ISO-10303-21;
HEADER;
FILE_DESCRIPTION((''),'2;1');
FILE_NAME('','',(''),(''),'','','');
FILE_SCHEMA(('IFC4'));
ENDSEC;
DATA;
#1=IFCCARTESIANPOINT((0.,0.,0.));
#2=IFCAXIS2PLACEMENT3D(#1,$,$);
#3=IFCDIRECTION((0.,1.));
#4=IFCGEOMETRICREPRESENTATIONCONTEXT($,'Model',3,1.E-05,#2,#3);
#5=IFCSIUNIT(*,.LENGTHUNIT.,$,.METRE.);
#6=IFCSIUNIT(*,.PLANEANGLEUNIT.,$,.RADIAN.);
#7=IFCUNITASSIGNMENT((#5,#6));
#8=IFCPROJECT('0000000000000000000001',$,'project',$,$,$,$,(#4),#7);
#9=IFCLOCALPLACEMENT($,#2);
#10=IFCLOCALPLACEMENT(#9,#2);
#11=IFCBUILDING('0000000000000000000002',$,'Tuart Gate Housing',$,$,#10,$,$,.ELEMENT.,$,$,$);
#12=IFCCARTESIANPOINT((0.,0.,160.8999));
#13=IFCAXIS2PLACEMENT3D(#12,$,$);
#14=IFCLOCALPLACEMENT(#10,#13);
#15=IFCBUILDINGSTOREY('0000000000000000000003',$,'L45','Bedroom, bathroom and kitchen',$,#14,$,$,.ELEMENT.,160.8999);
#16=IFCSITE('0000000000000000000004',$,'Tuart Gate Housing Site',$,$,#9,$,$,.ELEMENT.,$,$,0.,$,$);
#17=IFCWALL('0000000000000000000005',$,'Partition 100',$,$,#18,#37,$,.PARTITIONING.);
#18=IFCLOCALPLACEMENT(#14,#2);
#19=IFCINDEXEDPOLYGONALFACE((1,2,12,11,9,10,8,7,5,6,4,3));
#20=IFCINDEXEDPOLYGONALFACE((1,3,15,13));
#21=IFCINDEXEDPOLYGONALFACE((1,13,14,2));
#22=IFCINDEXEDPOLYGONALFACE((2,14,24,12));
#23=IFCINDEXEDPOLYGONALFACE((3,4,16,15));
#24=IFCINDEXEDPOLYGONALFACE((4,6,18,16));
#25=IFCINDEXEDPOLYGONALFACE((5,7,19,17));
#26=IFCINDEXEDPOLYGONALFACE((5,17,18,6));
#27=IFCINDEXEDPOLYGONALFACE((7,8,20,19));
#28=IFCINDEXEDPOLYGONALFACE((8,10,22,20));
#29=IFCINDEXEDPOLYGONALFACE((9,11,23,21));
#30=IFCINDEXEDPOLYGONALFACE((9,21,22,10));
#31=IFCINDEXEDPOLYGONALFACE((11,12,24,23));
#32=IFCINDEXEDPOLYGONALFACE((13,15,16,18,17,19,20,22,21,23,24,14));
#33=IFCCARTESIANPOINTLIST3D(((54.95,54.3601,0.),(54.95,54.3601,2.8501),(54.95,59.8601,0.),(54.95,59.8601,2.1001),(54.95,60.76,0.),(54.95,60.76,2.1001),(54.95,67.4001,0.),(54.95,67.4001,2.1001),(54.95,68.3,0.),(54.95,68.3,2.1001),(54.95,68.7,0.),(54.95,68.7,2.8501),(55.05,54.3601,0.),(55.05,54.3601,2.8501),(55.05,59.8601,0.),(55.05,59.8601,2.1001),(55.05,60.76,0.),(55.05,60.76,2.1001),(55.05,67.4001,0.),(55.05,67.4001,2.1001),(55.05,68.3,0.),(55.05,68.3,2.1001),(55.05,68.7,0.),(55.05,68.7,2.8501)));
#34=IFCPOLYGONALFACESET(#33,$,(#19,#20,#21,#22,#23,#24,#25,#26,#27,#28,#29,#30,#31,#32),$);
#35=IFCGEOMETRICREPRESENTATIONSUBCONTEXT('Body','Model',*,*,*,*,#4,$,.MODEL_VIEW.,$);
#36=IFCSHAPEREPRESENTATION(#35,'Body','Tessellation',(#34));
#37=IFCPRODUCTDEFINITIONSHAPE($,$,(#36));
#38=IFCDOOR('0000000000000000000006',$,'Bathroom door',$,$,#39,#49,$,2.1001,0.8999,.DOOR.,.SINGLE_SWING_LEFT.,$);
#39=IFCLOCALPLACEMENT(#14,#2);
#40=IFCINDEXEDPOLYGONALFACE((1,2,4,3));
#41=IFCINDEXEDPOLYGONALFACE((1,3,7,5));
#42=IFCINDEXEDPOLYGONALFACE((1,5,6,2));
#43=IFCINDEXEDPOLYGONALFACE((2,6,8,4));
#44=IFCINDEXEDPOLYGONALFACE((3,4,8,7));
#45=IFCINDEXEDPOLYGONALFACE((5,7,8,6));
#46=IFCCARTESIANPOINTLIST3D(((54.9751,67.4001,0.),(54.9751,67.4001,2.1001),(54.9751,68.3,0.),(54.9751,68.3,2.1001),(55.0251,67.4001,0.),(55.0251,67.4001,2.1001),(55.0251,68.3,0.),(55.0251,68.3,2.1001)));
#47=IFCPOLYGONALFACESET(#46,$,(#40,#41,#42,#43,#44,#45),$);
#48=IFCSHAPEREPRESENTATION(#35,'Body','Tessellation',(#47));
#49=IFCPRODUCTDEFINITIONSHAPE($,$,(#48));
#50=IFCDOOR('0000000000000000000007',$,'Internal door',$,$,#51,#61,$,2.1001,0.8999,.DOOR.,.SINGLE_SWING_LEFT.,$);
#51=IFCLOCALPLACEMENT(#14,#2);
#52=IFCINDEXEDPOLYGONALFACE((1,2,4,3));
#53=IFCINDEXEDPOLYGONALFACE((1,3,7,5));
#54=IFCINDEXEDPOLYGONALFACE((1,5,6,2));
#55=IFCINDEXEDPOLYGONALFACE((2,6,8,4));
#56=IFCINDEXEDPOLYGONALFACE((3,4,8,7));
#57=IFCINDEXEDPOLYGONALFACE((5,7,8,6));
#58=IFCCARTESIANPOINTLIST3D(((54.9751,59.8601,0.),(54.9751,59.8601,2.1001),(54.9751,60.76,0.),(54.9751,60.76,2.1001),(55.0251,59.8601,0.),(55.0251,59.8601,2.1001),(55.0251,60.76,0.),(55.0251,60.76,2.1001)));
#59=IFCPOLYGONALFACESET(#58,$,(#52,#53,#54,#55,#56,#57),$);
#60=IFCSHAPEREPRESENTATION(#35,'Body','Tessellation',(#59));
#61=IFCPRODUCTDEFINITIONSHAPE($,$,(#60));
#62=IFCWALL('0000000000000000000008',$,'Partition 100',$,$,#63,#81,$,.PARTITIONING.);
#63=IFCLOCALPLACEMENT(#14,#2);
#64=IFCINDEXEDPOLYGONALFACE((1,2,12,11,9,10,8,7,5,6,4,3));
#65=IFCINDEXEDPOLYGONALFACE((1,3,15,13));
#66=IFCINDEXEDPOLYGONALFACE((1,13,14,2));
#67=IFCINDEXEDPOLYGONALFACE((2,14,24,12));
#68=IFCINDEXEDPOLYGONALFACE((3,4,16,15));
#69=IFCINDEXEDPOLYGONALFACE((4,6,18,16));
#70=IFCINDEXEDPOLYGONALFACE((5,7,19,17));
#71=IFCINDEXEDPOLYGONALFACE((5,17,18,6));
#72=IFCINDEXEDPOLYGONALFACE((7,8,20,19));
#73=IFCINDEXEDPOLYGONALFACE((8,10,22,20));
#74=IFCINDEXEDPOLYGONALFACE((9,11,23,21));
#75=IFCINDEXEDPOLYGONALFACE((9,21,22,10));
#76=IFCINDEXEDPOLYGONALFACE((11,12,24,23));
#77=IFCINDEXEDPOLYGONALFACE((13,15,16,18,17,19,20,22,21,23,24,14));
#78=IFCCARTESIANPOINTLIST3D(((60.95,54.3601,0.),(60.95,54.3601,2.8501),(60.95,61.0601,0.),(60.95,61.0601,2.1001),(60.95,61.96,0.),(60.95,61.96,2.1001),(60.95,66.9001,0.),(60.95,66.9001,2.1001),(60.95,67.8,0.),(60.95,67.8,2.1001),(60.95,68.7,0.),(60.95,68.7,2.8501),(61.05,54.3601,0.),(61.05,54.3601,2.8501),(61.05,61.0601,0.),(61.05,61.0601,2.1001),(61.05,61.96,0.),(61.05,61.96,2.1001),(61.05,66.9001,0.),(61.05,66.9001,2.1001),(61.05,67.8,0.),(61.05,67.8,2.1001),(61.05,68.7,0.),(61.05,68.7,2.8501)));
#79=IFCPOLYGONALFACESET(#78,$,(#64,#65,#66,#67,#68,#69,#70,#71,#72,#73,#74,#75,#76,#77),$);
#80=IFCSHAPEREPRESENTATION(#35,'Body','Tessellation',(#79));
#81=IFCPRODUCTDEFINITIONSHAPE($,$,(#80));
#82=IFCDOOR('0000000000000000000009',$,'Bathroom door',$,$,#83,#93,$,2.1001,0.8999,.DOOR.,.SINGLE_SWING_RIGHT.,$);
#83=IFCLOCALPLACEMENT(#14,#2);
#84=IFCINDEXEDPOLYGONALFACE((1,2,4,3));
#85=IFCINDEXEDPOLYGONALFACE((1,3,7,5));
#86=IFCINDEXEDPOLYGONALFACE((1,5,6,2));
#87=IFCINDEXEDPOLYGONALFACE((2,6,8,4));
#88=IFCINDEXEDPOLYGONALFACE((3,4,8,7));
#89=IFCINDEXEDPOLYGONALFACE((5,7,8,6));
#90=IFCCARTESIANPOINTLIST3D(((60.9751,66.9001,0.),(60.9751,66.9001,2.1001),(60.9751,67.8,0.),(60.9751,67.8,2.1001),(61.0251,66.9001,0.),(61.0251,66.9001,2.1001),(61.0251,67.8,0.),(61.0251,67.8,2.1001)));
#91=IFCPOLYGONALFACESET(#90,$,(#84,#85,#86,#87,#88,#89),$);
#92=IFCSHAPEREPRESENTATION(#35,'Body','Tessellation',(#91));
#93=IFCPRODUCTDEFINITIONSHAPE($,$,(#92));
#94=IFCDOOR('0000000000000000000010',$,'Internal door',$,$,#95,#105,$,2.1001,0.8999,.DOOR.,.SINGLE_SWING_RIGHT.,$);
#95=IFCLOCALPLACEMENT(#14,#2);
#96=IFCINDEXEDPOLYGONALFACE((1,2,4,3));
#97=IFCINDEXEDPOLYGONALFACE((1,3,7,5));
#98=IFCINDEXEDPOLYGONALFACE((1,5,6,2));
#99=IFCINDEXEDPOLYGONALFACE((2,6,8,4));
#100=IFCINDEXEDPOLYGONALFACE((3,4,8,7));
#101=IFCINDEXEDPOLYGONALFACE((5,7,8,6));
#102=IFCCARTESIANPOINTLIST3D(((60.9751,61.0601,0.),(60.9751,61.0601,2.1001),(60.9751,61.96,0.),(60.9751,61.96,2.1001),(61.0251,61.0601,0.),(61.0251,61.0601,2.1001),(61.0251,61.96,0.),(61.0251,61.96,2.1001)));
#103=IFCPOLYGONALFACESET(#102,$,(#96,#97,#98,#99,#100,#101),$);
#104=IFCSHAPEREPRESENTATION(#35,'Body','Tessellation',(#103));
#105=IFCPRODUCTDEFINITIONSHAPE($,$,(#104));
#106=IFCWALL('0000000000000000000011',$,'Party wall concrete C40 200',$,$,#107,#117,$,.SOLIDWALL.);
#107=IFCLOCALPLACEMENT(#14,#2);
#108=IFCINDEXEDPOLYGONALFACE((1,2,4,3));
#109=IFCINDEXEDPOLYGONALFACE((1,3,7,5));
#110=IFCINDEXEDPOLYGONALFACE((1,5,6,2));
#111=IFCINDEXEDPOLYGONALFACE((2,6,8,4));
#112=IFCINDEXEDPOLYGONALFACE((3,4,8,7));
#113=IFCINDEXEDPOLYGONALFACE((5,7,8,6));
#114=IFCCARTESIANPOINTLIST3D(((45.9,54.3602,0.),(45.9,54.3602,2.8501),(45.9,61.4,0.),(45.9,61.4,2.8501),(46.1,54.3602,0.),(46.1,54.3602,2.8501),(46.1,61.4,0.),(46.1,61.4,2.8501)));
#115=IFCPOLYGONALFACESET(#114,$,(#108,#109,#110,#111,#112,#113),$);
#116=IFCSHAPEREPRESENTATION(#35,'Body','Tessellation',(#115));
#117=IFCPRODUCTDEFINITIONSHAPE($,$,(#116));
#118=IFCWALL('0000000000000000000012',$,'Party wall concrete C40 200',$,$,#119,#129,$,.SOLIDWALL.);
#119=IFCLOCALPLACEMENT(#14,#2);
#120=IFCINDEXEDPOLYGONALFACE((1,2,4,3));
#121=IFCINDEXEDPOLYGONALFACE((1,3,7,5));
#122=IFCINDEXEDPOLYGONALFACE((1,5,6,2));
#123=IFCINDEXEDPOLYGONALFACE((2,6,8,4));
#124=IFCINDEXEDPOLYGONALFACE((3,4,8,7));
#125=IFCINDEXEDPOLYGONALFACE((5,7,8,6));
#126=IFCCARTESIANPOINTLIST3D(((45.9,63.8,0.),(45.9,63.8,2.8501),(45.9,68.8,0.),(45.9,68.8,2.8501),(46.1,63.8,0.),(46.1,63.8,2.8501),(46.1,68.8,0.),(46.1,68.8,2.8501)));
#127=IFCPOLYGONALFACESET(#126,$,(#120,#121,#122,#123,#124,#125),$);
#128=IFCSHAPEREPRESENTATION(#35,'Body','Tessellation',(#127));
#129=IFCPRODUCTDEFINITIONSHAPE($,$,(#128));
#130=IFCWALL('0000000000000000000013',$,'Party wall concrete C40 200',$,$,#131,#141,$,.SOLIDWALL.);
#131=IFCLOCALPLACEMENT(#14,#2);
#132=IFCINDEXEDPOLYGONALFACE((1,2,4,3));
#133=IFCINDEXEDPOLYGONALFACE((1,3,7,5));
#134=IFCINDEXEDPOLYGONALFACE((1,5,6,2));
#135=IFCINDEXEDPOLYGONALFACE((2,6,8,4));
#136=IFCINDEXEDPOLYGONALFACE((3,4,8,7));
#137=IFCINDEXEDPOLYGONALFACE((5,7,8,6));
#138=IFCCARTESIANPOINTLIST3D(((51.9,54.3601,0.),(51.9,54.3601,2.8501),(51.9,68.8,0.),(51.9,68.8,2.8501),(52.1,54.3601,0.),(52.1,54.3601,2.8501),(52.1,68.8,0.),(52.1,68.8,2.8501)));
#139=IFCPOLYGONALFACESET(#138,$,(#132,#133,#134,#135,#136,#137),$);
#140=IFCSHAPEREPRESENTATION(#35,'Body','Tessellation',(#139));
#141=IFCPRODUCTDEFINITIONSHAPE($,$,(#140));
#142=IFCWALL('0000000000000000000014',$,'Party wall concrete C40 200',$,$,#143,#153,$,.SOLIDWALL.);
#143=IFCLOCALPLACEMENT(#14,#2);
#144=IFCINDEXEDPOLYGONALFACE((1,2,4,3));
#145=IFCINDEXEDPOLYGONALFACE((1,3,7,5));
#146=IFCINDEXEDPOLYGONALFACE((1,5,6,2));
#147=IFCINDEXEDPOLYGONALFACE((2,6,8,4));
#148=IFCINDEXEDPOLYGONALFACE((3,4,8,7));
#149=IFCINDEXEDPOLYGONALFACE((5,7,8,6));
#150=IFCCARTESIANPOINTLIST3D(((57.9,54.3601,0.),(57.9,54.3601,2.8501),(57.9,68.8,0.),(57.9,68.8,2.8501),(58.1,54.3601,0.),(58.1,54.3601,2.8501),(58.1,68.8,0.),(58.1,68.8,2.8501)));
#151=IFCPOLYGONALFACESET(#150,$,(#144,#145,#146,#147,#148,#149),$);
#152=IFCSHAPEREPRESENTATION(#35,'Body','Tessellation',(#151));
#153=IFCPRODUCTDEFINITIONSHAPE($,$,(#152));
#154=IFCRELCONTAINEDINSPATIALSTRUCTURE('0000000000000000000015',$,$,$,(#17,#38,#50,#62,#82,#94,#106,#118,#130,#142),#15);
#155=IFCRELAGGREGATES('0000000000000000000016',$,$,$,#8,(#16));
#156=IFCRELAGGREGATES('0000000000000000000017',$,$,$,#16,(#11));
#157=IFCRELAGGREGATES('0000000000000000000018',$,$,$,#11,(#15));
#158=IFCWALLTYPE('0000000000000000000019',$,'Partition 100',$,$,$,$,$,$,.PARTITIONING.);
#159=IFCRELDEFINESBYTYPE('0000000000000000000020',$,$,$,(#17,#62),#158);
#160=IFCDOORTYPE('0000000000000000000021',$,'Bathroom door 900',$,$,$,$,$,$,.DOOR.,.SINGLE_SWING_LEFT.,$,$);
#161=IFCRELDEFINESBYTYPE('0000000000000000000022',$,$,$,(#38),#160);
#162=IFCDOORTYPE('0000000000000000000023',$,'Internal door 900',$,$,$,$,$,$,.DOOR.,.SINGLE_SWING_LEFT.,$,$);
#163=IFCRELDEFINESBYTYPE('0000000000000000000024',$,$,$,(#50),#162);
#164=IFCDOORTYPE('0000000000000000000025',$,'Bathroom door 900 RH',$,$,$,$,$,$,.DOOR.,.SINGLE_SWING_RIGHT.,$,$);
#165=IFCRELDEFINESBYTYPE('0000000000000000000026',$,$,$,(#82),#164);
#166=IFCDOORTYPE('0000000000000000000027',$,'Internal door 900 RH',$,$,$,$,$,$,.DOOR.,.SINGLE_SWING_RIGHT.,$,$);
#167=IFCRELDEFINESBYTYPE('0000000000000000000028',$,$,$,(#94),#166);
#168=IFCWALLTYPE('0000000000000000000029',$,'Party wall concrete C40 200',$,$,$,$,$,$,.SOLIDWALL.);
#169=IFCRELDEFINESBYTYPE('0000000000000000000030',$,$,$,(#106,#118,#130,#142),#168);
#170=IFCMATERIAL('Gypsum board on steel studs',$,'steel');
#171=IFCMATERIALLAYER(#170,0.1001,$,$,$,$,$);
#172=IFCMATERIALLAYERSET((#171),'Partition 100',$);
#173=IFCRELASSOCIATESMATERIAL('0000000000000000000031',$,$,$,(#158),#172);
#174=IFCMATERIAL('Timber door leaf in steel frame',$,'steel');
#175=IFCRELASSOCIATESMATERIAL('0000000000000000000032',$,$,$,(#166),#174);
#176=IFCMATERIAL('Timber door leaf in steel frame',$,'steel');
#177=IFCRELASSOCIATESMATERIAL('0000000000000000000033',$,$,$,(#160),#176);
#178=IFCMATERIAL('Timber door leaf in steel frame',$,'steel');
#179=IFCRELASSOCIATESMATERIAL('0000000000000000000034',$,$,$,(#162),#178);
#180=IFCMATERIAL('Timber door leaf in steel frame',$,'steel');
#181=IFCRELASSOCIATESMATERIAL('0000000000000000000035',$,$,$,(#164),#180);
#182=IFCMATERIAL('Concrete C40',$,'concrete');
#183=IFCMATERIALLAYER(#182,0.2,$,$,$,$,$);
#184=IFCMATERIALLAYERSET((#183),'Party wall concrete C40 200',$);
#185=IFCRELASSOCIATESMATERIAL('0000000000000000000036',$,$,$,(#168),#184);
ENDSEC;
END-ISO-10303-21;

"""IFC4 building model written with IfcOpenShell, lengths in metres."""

from ifc_helpers import new_model, si_unit, direction, frame, frame_2d, origin, place, context, subcontext, project, spatial, rectangle, extrude, material, layer, layer_set, type_object, element, fill, save


model = new_model("IFC4")

# Units and contexts
model_context = context("Model", 3, precision=1e-05, world=origin(), true_north=direction((0.0, 1.0)))
body_context = subcontext(model_context, "Body", "Model", "MODEL_VIEW")
ifc_project = project(units=[si_unit("LENGTHUNIT", "METRE"), si_unit("PLANEANGLEUNIT", "RADIAN")], contexts=[model_context])

# Site, building, storey
site_placement = place(None, origin())
site = spatial("IfcSite", under=ifc_project, at=site_placement, Name="Tuart Gate Housing Site", CompositionType="ELEMENT", RefElevation=0.0)
building_placement = place(site_placement, origin())
building = spatial("IfcBuilding", under=site, at=building_placement, Name="Tuart Gate Housing", CompositionType="ELEMENT")
storey_placement = place(building_placement, frame((0.0, 0.0, 160.8999)))
storey = spatial("IfcBuildingStorey", under=building, at=storey_placement, Name="L45", Description="Bedroom, bathroom and kitchen", CompositionType="ELEMENT", Elevation=160.8999)

# Shared definitions
ifc_material_1 = material(Name="Gypsum board on steel studs", Category="steel")
ifc_layer_1 = layer(ifc_material_1, 0.1001)
ifc_layer_set_1 = layer_set([ifc_layer_1], Name="Partition 100")
wall_type_1 = type_object("IfcWallType", Name="Partition 100", PredefinedType="PARTITIONING", material=ifc_layer_set_1)
ifc_material_2 = material(Name="Timber door leaf in steel frame", Category="steel")
door_type_1 = type_object("IfcDoorType", Name="Internal door 900 RH", OperationType="SINGLE_SWING_RIGHT", PredefinedType="DOOR", material=ifc_material_2)

# Walls, openings, doors
ifc_material_3 = material(Name="Timber door leaf in steel frame", Category="steel")
door_type_2 = type_object("IfcDoorType", Name="Bathroom door 900", OperationType="SINGLE_SWING_LEFT", PredefinedType="DOOR", material=ifc_material_3)
ifc_material_4 = material(Name="Timber door leaf in steel frame", Category="steel")
door_type_3 = type_object("IfcDoorType", Name="Internal door 900", OperationType="SINGLE_SWING_LEFT", PredefinedType="DOOR", material=ifc_material_4)
wall_1_placement = place(storey_placement, frame((55.0, 54.3601, 0.0), z_axis=(0.0, 0.0, 1.0), x_axis=(0.0, 1.0, 0.0)))
wall_1 = element("IfcWall", 1, at=wall_1_placement, inside=storey, type_object=wall_type_1, Name="Partition 100", PredefinedType="PARTITIONING", context=body_context, shape_type="SweptSolid", body=[
    extrude(rectangle(XDim=14.3398, YDim=0.1001, at=frame_2d((7.1699, 0.0))), origin(), (0.0, 0.0, 1.0), 2.8501),
])
opening_1_placement = place(wall_1_placement, frame((5.5, 0.0, 0.0)))
opening_1 = element("IfcOpeningElement", 2, at=opening_1_placement, cuts=wall_1, PredefinedType="OPENING", context=body_context, shape_type="SweptSolid", body=[
    extrude(rectangle(XDim=0.8999, YDim=2.1001, at=frame_2d((0.45, 1.05))), frame((0.0, 0.0601, 0.0), z_axis=(0.0, -1.0, 0.0), x_axis=(1.0, 0.0, 0.0)), (0.0, 0.0, 1.0), 0.1201),
])
opening_2_placement = place(wall_1_placement, frame((13.04, 0.0, 0.0)))
opening_2 = element("IfcOpeningElement", 3, at=opening_2_placement, cuts=wall_1, PredefinedType="OPENING", context=body_context, shape_type="SweptSolid", body=[
    extrude(rectangle(XDim=0.8999, YDim=2.1001, at=frame_2d((0.45, 1.05))), frame((0.0, 0.0601, 0.0), z_axis=(0.0, -1.0, 0.0), x_axis=(1.0, 0.0, 0.0)), (0.0, 0.0, 1.0), 0.1201),
])
door_1_placement = place(opening_2_placement, frame((0.8999, 0.0, 0.0), z_axis=(0.0, 0.0, 1.0), x_axis=(-1.0, 0.0, 0.0)))
door_1 = element("IfcDoor", 4, at=door_1_placement, inside=storey, type_object=door_type_2, Name="Bathroom door", OperationType="SINGLE_SWING_LEFT", OverallHeight=2.1001, OverallWidth=0.8999, PredefinedType="DOOR", context=body_context, shape_type="SweptSolid", body=[
    extrude(rectangle(XDim=0.8999, YDim=2.1001, at=frame_2d((0.45, 1.05))), frame((0.0, 0.0251, 0.0), z_axis=(0.0, -1.0, 0.0), x_axis=(1.0, 0.0, 0.0)), (0.0, 0.0, 1.0), 0.05),
])
fill(opening_2, door_1)
door_2_placement = place(opening_1_placement, frame((0.8999, 0.0, 0.0), z_axis=(0.0, 0.0, 1.0), x_axis=(-1.0, 0.0, 0.0)))
door_2 = element("IfcDoor", 5, at=door_2_placement, inside=storey, type_object=door_type_3, Name="Internal door", OperationType="SINGLE_SWING_LEFT", OverallHeight=2.1001, OverallWidth=0.8999, PredefinedType="DOOR", context=body_context, shape_type="SweptSolid", body=[
    extrude(rectangle(XDim=0.8999, YDim=2.1001, at=frame_2d((0.45, 1.05))), frame((0.0, 0.0251, 0.0), z_axis=(0.0, -1.0, 0.0), x_axis=(1.0, 0.0, 0.0)), (0.0, 0.0, 1.0), 0.05),
])
fill(opening_1, door_2)
wall_2_placement = place(storey_placement, frame((61.0, 54.3601, 0.0), z_axis=(0.0, 0.0, 1.0), x_axis=(0.0, 1.0, 0.0)))
wall_2 = element("IfcWall", 6, at=wall_2_placement, inside=storey, type_object=wall_type_1, Name="Partition 100", PredefinedType="PARTITIONING", context=body_context, shape_type="SweptSolid", body=[
    extrude(rectangle(XDim=14.3398, YDim=0.1001, at=frame_2d((7.1699, 0.0))), origin(), (0.0, 0.0, 1.0), 2.8501),
])
opening_3_placement = place(wall_2_placement, frame((6.7, 0.0, 0.0)))
opening_3 = element("IfcOpeningElement", 7, at=opening_3_placement, cuts=wall_2, PredefinedType="OPENING", context=body_context, shape_type="SweptSolid", body=[
    extrude(rectangle(XDim=0.8999, YDim=2.1001, at=frame_2d((0.45, 1.05))), frame((0.0, 0.0601, 0.0), z_axis=(0.0, -1.0, 0.0), x_axis=(1.0, 0.0, 0.0)), (0.0, 0.0, 1.0), 0.1201),
])
opening_4_placement = place(wall_2_placement, frame((12.54, 0.0, 0.0)))
opening_4 = element("IfcOpeningElement", 8, at=opening_4_placement, cuts=wall_2, PredefinedType="OPENING", context=body_context, shape_type="SweptSolid", body=[
    extrude(rectangle(XDim=0.8999, YDim=2.1001, at=frame_2d((0.45, 1.05))), frame((0.0, 0.0601, 0.0), z_axis=(0.0, -1.0, 0.0), x_axis=(1.0, 0.0, 0.0)), (0.0, 0.0, 1.0), 0.1201),
])
ifc_material_5 = material(Name="Timber door leaf in steel frame", Category="steel")
door_type_4 = type_object("IfcDoorType", Name="Bathroom door 900 RH", OperationType="SINGLE_SWING_RIGHT", PredefinedType="DOOR", material=ifc_material_5)
door_3_placement = place(opening_4_placement, origin())
door_3 = element("IfcDoor", 9, at=door_3_placement, inside=storey, type_object=door_type_4, Name="Bathroom door", OperationType="SINGLE_SWING_RIGHT", OverallHeight=2.1001, OverallWidth=0.8999, PredefinedType="DOOR", context=body_context, shape_type="SweptSolid", body=[
    extrude(rectangle(XDim=0.8999, YDim=2.1001, at=frame_2d((0.45, 1.05))), frame((0.0, 0.0249, 0.0), z_axis=(0.0, -1.0, 0.0), x_axis=(1.0, 0.0, 0.0)), (0.0, 0.0, 1.0), 0.05),
])
fill(opening_4, door_3)
door_4_placement = place(opening_3_placement, origin())
door_4 = element("IfcDoor", 10, at=door_4_placement, inside=storey, type_object=door_type_1, Name="Internal door", OperationType="SINGLE_SWING_RIGHT", OverallHeight=2.1001, OverallWidth=0.8999, PredefinedType="DOOR", context=body_context, shape_type="SweptSolid", body=[
    extrude(rectangle(XDim=0.8999, YDim=2.1001, at=frame_2d((0.45, 1.05))), frame((0.0, 0.0249, 0.0), z_axis=(0.0, -1.0, 0.0), x_axis=(1.0, 0.0, 0.0)), (0.0, 0.0, 1.0), 0.05),
])
fill(opening_3, door_4)

# Walls
ifc_material_6 = material(Name="Concrete C40", Category="concrete")
ifc_layer_2 = layer(ifc_material_6, 0.2)
ifc_layer_set_2 = layer_set([ifc_layer_2], Name="Party wall concrete C40 200")
wall_type_2 = type_object("IfcWallType", Name="Party wall concrete C40 200", PredefinedType="SOLIDWALL", material=ifc_layer_set_2)
wall_3_placement = place(storey_placement, frame((46.0, 54.3601, 0.0), z_axis=(0.0, 0.0, 1.0), x_axis=(0.0, 1.0, 0.0)))
element("IfcWall", 11, at=wall_3_placement, inside=storey, type_object=wall_type_2, Name="Party wall concrete C40 200", PredefinedType="SOLIDWALL", context=body_context, shape_type="SweptSolid", body=[
    extrude(rectangle(XDim=7.0398, YDim=0.2, at=frame_2d((3.52, 0.0))), origin(), (0.0, 0.0, 1.0), 2.8501),
])
wall_4_placement = place(storey_placement, frame((46.0, 63.8, 0.0), z_axis=(0.0, 0.0, 1.0), x_axis=(0.0, 1.0, 0.0)))
element("IfcWall", 12, at=wall_4_placement, inside=storey, type_object=wall_type_2, Name="Party wall concrete C40 200", PredefinedType="SOLIDWALL", context=body_context, shape_type="SweptSolid", body=[
    extrude(rectangle(XDim=5.0, YDim=0.2, at=frame_2d((2.5, 0.0))), origin(), (0.0, 0.0, 1.0), 2.8501),
])
for number, where, z_axis, x_axis, name in (
    (13, (52.0, 54.3601, 0.0), (0.0, 0.0, 1.0), (0.0, 1.0, 0.0), "Party wall concrete C40 200"),
    (14, (58.0, 54.3601, 0.0), (0.0, 0.0, 1.0), (0.0, 1.0, 0.0), "Party wall concrete C40 200"),
):
    element("IfcWall", number, at=place(storey_placement, frame(where, z_axis=z_axis, x_axis=x_axis)), inside=storey, type_object=wall_type_2, Name=name, PredefinedType="SOLIDWALL", context=body_context, shape_type="SweptSolid", body=[
        extrude(rectangle(XDim=14.4399, YDim=0.2, at=frame_2d((7.22, 0.0))), origin(), (0.0, 0.0, 1.0), 2.8501),
    ])

save(model, "model.ifc")
